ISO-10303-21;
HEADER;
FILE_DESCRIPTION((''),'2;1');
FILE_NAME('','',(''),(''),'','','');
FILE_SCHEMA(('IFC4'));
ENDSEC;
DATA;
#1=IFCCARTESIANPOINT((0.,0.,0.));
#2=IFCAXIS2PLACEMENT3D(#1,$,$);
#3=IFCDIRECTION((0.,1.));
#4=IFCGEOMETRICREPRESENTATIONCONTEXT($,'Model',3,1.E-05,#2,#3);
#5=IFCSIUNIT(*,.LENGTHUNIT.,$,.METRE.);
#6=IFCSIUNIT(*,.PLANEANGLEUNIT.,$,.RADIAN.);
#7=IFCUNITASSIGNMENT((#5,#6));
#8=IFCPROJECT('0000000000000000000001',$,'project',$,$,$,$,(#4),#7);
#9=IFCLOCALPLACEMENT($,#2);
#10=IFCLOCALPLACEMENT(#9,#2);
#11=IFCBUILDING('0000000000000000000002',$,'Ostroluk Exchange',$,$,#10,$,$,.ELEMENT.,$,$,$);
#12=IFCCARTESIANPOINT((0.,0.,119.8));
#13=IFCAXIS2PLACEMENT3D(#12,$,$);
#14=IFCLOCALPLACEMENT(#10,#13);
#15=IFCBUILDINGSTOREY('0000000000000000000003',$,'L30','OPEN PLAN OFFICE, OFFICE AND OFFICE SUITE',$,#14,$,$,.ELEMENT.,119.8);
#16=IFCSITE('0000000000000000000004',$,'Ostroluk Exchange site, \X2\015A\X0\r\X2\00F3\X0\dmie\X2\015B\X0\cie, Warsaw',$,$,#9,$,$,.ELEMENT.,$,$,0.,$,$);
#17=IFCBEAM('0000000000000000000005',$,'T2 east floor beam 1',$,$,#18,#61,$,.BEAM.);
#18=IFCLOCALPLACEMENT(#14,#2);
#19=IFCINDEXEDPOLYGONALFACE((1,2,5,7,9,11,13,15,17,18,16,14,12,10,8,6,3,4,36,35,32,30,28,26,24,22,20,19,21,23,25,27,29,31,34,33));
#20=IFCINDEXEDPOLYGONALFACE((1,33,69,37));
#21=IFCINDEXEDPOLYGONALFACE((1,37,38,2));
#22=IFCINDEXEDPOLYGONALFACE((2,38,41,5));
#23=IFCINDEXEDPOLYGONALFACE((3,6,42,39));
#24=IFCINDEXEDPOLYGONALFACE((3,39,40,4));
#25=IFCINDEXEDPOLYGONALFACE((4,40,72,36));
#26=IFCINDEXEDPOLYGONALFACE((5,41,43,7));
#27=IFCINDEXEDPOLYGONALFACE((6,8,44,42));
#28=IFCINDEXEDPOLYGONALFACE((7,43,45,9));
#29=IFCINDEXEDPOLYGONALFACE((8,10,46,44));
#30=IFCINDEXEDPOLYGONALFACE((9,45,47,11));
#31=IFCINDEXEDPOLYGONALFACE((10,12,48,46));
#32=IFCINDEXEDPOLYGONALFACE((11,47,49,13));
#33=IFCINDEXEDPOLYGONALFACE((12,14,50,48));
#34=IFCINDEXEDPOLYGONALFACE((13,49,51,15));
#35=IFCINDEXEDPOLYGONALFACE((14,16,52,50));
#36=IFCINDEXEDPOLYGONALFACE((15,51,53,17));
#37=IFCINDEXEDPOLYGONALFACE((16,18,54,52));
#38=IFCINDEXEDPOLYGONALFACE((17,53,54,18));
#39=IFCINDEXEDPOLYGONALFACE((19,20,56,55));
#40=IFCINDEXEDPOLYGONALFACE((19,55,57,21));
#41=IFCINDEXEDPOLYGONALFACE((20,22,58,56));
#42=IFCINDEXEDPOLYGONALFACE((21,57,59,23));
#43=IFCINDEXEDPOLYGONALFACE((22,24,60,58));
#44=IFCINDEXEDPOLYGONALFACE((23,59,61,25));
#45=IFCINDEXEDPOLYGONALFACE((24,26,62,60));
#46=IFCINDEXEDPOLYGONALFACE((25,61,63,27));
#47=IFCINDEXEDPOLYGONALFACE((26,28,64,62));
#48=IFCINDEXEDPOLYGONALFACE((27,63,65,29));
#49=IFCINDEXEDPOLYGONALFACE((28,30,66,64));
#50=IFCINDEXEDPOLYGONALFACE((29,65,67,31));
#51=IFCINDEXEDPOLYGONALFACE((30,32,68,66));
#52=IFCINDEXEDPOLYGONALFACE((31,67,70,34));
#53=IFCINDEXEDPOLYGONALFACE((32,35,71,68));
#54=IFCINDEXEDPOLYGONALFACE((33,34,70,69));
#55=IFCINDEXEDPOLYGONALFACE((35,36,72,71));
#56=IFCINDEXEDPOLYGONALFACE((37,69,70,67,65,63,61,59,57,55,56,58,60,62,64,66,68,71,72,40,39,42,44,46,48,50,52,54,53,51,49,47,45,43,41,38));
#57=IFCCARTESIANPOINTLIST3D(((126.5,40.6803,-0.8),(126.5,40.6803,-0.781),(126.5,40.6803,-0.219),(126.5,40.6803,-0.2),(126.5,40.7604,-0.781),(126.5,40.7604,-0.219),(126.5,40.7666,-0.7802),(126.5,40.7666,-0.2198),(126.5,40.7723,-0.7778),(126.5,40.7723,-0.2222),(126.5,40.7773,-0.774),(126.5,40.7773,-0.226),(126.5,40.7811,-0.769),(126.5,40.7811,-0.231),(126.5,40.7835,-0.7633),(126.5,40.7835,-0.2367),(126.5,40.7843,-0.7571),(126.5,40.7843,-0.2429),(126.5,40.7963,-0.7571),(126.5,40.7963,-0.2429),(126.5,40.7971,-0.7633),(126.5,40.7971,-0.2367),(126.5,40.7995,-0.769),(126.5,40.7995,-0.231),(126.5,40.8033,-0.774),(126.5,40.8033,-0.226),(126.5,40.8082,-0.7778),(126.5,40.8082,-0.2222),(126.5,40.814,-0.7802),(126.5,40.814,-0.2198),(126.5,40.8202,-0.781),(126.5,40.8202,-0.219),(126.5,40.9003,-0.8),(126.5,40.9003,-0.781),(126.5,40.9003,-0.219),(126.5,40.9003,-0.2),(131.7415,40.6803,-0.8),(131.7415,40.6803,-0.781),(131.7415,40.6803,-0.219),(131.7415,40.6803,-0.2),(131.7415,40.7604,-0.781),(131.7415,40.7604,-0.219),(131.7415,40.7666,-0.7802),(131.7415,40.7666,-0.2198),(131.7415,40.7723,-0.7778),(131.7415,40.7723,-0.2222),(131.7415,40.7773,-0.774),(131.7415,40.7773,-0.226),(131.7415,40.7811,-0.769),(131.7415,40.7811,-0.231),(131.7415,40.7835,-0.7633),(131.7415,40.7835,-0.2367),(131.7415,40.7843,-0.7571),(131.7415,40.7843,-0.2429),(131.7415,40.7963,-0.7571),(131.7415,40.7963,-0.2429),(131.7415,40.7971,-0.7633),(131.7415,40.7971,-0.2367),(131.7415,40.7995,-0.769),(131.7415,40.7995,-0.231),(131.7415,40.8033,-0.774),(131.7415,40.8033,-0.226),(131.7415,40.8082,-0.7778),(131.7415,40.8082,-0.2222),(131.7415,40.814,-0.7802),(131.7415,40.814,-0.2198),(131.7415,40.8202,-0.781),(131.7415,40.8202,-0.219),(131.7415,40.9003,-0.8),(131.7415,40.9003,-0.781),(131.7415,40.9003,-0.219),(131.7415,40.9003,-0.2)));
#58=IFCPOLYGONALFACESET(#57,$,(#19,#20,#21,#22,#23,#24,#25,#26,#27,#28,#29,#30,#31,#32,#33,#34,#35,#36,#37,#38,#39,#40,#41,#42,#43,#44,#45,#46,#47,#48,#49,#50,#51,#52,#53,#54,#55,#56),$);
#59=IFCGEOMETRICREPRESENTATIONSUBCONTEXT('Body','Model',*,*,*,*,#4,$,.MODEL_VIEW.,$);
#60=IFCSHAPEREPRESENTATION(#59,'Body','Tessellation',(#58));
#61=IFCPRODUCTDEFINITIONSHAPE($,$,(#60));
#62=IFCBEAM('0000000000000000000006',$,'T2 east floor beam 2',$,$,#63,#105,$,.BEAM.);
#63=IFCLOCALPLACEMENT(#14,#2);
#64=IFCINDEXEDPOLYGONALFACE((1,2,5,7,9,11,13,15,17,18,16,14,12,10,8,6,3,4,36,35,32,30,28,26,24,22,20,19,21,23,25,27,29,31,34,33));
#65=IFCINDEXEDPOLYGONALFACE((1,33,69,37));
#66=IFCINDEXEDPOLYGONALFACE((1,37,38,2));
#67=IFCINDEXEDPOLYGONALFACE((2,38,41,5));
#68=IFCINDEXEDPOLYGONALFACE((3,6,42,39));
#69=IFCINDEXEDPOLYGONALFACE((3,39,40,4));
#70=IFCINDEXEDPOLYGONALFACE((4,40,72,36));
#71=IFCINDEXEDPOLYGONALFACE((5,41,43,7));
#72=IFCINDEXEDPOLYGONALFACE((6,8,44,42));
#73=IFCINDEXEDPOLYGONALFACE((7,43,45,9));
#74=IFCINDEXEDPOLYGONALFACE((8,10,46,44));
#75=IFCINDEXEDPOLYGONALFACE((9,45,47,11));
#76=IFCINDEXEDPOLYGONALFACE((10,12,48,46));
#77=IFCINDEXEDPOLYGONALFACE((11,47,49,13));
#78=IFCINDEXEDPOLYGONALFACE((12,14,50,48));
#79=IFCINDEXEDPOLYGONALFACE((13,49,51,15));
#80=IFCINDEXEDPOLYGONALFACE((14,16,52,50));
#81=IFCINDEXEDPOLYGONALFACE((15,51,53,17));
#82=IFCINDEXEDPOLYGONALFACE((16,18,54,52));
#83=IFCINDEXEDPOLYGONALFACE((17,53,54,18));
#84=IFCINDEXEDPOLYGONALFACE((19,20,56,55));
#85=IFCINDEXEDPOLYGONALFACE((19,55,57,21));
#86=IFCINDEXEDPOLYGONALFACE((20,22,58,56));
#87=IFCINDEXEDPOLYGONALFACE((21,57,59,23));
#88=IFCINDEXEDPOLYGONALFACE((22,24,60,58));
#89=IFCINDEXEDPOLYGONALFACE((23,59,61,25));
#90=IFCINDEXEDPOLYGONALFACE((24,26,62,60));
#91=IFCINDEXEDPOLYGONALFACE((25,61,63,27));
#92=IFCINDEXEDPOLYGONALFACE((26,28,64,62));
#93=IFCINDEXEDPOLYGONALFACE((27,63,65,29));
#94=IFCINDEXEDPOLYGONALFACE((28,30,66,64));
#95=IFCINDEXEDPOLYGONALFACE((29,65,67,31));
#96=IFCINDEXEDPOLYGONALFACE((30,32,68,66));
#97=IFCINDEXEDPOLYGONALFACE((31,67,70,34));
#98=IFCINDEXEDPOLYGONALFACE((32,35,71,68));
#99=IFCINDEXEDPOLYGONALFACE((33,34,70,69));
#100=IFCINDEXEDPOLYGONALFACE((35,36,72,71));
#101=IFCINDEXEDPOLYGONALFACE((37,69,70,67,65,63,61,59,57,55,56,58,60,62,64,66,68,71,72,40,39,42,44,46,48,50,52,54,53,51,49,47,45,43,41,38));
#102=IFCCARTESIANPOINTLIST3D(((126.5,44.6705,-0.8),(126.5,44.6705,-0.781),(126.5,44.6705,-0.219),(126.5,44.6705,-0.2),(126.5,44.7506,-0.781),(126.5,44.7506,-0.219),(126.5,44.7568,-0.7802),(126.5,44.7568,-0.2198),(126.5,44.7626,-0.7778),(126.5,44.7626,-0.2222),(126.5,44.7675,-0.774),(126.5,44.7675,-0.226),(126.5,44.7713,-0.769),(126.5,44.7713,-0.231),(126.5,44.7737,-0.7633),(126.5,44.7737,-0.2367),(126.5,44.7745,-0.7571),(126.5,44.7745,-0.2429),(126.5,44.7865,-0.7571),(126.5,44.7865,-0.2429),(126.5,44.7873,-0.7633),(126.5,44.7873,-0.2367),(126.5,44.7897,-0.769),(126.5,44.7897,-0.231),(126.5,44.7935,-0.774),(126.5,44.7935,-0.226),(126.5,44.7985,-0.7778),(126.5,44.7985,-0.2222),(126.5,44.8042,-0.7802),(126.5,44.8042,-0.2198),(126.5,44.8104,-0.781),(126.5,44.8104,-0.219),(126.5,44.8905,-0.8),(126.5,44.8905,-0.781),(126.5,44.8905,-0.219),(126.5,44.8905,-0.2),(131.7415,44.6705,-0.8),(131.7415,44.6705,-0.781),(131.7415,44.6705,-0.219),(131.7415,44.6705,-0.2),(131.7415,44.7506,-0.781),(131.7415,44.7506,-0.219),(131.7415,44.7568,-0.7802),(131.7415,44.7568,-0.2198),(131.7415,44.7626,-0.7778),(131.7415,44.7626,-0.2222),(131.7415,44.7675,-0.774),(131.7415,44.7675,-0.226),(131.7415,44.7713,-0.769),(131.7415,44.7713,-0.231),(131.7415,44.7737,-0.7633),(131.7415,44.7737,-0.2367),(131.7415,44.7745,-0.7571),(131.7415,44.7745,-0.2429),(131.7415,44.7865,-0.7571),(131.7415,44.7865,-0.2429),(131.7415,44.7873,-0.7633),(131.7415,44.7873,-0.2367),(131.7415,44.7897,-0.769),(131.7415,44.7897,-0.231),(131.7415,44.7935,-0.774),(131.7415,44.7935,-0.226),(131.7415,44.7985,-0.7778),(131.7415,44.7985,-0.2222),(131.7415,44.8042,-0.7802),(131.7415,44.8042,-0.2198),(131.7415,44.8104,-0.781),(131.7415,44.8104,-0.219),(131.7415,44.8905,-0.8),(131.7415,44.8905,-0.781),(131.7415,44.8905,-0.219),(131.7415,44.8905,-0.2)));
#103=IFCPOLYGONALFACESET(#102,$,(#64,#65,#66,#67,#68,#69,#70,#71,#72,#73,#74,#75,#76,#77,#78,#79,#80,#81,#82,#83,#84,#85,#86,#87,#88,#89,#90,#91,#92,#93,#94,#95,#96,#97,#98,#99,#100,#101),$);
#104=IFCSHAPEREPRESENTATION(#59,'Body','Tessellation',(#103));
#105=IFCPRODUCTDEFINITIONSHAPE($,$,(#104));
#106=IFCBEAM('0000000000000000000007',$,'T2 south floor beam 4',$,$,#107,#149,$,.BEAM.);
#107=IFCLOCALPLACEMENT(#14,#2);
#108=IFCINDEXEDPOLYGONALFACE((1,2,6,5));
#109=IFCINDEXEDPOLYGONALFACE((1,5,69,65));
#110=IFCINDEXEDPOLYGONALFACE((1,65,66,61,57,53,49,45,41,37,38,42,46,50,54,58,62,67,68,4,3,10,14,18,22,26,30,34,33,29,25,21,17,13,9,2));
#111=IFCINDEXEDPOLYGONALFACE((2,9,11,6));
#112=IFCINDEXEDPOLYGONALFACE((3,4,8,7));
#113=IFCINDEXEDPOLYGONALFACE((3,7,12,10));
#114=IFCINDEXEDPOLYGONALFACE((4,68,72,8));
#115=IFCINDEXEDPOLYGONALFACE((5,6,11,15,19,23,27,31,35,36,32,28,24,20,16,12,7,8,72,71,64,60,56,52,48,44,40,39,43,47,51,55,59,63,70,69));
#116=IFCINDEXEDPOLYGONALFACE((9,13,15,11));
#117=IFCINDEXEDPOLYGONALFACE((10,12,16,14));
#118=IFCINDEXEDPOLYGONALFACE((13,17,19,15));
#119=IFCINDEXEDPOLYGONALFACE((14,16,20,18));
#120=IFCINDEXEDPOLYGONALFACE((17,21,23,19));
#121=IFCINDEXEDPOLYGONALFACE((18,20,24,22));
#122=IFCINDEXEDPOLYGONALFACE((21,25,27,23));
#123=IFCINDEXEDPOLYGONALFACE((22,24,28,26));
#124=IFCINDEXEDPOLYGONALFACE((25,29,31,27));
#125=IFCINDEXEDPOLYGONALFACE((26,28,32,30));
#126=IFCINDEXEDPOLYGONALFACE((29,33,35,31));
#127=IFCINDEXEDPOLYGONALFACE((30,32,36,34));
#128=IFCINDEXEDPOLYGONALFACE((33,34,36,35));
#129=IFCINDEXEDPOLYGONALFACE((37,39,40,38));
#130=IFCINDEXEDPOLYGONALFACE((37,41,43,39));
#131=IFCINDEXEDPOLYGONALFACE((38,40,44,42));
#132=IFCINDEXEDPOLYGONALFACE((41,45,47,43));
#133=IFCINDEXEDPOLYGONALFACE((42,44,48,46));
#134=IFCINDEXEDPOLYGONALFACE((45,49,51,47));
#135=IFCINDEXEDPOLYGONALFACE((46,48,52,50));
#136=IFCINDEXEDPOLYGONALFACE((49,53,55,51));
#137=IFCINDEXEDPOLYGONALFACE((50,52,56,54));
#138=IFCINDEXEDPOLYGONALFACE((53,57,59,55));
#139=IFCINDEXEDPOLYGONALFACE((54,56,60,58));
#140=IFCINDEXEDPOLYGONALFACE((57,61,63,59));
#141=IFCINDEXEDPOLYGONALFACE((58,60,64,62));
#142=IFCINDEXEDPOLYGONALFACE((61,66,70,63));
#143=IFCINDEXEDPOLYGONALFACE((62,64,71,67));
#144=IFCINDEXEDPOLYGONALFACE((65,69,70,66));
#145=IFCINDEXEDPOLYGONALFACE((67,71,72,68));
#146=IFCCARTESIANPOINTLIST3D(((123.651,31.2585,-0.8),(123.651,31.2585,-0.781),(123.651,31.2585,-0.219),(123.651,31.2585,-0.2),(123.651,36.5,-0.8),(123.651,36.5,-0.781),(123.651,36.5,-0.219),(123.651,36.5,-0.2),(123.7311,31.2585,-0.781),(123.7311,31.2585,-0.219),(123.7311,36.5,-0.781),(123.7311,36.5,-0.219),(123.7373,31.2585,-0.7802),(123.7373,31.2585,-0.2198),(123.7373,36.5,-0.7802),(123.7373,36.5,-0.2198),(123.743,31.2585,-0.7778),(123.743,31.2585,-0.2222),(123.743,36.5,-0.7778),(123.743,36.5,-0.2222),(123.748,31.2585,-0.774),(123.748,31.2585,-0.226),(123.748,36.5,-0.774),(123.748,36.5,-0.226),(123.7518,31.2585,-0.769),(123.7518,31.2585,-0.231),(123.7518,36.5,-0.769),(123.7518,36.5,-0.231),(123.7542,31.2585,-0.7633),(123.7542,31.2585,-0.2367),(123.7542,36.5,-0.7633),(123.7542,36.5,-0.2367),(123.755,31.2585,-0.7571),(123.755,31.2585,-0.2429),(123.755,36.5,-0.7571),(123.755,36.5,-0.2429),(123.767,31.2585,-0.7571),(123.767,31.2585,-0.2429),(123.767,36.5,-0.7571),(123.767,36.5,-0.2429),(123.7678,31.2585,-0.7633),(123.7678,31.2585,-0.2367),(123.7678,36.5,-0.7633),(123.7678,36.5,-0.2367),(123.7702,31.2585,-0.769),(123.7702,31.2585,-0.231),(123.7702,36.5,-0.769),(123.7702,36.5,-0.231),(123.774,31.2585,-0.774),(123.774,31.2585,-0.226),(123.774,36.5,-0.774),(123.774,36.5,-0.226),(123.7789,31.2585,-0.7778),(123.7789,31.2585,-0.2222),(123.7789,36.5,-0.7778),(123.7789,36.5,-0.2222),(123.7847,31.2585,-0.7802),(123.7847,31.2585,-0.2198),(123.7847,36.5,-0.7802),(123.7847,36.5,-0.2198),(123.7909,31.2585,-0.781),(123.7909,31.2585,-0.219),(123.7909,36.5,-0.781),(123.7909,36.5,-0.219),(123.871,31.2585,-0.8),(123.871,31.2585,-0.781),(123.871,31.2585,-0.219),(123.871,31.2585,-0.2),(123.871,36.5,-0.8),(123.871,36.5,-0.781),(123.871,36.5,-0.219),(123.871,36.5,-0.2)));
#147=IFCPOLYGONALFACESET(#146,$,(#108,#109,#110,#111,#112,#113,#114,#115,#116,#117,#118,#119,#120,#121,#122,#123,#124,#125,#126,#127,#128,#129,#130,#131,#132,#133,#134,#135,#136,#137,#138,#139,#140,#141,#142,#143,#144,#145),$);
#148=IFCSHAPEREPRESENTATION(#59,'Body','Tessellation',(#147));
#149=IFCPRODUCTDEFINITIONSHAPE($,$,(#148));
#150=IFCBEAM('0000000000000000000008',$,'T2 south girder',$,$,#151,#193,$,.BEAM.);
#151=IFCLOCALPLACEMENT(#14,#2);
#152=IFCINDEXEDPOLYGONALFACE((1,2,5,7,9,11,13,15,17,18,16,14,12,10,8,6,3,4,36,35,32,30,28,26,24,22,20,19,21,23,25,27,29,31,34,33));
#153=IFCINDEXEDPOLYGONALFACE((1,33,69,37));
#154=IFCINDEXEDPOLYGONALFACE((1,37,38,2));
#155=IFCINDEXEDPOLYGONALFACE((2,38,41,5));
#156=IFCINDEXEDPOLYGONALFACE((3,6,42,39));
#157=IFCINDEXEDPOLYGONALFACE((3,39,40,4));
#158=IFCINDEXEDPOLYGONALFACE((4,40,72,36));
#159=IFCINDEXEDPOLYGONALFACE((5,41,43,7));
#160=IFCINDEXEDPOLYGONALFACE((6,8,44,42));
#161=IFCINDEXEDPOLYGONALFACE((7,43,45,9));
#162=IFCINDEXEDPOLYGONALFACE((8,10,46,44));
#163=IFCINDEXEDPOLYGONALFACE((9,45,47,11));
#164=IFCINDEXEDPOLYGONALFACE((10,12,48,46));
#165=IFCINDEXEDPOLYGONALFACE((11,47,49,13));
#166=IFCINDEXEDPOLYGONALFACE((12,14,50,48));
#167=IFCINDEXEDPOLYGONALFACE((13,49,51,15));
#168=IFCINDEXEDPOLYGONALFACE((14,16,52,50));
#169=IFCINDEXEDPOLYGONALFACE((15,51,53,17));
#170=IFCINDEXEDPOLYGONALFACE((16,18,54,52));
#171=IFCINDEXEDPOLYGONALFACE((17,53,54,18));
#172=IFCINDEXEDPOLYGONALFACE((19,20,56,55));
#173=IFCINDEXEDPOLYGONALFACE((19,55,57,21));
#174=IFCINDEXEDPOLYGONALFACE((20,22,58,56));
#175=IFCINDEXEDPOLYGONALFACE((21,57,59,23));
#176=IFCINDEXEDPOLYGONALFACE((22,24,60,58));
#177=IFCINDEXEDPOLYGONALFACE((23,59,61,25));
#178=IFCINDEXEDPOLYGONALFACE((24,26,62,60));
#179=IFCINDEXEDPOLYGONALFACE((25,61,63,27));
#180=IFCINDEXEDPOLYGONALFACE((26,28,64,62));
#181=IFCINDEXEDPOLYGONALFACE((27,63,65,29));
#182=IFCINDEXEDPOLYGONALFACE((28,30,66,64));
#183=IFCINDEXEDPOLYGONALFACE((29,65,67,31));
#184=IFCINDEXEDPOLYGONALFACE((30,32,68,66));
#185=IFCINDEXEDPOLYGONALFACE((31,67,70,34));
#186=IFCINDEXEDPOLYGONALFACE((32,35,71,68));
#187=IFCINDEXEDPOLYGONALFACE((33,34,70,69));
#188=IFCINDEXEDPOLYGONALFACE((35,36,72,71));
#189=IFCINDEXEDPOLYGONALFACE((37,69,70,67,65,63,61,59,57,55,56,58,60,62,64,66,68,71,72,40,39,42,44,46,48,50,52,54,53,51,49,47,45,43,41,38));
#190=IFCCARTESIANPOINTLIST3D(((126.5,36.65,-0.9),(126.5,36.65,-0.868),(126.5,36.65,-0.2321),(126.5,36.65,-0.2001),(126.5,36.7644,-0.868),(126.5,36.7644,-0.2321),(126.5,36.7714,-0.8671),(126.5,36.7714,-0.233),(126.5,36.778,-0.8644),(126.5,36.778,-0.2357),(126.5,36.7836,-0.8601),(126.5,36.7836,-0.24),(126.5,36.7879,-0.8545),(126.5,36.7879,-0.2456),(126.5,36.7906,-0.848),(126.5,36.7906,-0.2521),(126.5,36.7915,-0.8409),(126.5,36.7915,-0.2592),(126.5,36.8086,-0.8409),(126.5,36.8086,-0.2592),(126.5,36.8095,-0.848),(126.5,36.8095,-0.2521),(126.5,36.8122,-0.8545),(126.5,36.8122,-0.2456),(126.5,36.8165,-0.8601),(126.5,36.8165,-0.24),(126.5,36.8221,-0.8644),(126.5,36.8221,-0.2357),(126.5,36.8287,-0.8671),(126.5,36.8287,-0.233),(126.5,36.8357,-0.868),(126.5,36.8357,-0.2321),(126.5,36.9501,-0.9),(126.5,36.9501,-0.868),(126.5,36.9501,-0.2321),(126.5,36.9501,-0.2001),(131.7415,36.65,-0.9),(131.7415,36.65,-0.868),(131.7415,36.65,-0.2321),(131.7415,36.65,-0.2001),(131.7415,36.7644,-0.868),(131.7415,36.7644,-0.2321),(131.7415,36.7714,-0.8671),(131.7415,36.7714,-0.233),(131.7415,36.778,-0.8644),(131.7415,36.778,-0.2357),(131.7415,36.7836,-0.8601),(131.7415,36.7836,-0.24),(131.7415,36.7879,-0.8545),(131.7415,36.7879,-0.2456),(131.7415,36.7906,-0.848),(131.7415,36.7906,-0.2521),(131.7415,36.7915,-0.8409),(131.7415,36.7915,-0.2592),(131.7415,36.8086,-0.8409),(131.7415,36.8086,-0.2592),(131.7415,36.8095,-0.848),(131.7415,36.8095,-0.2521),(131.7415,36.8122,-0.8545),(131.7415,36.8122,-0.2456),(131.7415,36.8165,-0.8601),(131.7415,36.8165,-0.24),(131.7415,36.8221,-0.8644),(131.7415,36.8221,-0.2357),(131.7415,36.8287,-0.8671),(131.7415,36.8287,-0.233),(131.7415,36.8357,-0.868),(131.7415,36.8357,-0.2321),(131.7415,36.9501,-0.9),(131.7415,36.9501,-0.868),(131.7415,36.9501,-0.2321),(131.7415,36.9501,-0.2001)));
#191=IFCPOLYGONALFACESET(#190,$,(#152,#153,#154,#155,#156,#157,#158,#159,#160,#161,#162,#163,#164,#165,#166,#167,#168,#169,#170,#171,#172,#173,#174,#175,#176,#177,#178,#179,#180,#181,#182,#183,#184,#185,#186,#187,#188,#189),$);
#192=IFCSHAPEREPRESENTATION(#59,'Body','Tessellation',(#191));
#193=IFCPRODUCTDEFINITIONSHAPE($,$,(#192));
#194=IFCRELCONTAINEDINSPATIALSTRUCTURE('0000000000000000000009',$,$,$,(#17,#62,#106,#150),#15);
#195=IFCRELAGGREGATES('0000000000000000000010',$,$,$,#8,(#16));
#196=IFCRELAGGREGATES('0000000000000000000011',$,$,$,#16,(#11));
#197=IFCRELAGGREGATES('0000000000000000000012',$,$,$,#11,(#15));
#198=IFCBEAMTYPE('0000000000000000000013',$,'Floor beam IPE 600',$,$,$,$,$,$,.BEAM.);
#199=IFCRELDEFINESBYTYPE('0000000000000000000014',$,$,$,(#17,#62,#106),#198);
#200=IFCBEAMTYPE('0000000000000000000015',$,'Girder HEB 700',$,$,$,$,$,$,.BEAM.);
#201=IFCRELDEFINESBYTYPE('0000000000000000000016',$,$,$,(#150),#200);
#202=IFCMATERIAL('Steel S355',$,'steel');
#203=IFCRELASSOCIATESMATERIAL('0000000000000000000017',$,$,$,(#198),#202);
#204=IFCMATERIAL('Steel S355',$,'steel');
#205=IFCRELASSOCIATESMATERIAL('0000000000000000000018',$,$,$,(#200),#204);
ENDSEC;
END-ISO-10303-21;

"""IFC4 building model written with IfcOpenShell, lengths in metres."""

from ifc_helpers import new_model, si_unit, direction, frame, origin, origin_2d, place, context, subcontext, project, spatial, i_section, extrude, material, material_profile, profile_set, type_object, element, save


model = new_model("IFC4")

# Units and contexts
model_context = context("Model", 3, precision=1e-05, world=origin(), true_north=direction((0.0, 1.0)))
body_context = subcontext(model_context, "Body", "Model", "MODEL_VIEW")
ifc_project = project(units=[si_unit("LENGTHUNIT", "METRE"), si_unit("PLANEANGLEUNIT", "RADIAN")], contexts=[model_context])

# Site, building, storey
site_placement = place(None, origin())
site = spatial("IfcSite", under=ifc_project, at=site_placement, Name="Ostroluk Exchange site, Śródmieście, Warsaw", CompositionType="ELEMENT", RefElevation=0.0)
building_placement = place(site_placement, origin())
building = spatial("IfcBuilding", under=site, at=building_placement, Name="Ostroluk Exchange", CompositionType="ELEMENT")
storey_placement = place(building_placement, frame((0.0, 0.0, 119.8)))
storey = spatial("IfcBuildingStorey", under=building, at=storey_placement, Name="L30", Description="OPEN PLAN OFFICE, OFFICE AND OFFICE SUITE", CompositionType="ELEMENT", Elevation=119.8)

# Beams
ifc_material_1 = material(Name="Steel S355", Category="steel")
ifc_material_profile_1 = material_profile(ifc_material_1, i_section(OverallWidth=0.22, OverallDepth=0.6001, WebThickness=0.012, FlangeThickness=0.019, FilletRadius=0.0239, at=origin_2d()), Name="IPE 600")
ifc_profile_set_1 = profile_set([ifc_material_profile_1], Name="Steel S355")
beam_type_1 = type_object("IfcBeamType", Name="Floor beam IPE 600", PredefinedType="BEAM", material=ifc_profile_set_1)
for number, where, z_axis, x_axis, name in (
    (1, (126.5, 40.7903, -0.5), (1.0, 0.0, 0.0), (0.0, 1.0, 0.0), "T2 east floor beam 1"),
    (2, (126.5, 44.7805, -0.5), (1.0, 0.0, 0.0), (0.0, 1.0, 0.0), "T2 east floor beam 2"),
    (3, (123.761, 36.5, -0.5), (0.0, -1.0, 0.0), (1.0, 0.0, 0.0), "T2 south floor beam 4"),
):
    element("IfcBeam", number, at=place(storey_placement, frame(where, z_axis=z_axis, x_axis=x_axis)), inside=storey, type_object=beam_type_1, Name=name, PredefinedType="BEAM", context=body_context, shape_type="SweptSolid", body=[
        extrude(i_section(OverallWidth=0.22, OverallDepth=0.6001, WebThickness=0.012, FlangeThickness=0.019, FilletRadius=0.0239, at=origin_2d()), origin(), (0.0, 0.0, 1.0), 5.2415),
    ])
ifc_material_2 = material(Name="Steel S355", Category="steel")
ifc_material_profile_2 = material_profile(ifc_material_2, i_section(OverallWidth=0.3, OverallDepth=0.7, WebThickness=0.0171, FlangeThickness=0.032, FilletRadius=0.0271, at=origin_2d()), Name="HEB 700")
ifc_profile_set_2 = profile_set([ifc_material_profile_2], Name="Steel S355")
beam_type_2 = type_object("IfcBeamType", Name="Girder HEB 700", PredefinedType="BEAM", material=ifc_profile_set_2)
beam_placement = place(storey_placement, frame((126.5, 36.8, -0.55), z_axis=(1.0, 0.0, 0.0), x_axis=(0.0, 1.0, 0.0)))
element("IfcBeam", 4, at=beam_placement, inside=storey, type_object=beam_type_2, Name="T2 south girder", PredefinedType="BEAM", context=body_context, shape_type="SweptSolid", body=[
    extrude(i_section(OverallWidth=0.3, OverallDepth=0.7, WebThickness=0.0171, FlangeThickness=0.032, FilletRadius=0.0271, at=origin_2d()), origin(), (0.0, 0.0, 1.0), 5.2415),
])

save(model, "model.ifc")
